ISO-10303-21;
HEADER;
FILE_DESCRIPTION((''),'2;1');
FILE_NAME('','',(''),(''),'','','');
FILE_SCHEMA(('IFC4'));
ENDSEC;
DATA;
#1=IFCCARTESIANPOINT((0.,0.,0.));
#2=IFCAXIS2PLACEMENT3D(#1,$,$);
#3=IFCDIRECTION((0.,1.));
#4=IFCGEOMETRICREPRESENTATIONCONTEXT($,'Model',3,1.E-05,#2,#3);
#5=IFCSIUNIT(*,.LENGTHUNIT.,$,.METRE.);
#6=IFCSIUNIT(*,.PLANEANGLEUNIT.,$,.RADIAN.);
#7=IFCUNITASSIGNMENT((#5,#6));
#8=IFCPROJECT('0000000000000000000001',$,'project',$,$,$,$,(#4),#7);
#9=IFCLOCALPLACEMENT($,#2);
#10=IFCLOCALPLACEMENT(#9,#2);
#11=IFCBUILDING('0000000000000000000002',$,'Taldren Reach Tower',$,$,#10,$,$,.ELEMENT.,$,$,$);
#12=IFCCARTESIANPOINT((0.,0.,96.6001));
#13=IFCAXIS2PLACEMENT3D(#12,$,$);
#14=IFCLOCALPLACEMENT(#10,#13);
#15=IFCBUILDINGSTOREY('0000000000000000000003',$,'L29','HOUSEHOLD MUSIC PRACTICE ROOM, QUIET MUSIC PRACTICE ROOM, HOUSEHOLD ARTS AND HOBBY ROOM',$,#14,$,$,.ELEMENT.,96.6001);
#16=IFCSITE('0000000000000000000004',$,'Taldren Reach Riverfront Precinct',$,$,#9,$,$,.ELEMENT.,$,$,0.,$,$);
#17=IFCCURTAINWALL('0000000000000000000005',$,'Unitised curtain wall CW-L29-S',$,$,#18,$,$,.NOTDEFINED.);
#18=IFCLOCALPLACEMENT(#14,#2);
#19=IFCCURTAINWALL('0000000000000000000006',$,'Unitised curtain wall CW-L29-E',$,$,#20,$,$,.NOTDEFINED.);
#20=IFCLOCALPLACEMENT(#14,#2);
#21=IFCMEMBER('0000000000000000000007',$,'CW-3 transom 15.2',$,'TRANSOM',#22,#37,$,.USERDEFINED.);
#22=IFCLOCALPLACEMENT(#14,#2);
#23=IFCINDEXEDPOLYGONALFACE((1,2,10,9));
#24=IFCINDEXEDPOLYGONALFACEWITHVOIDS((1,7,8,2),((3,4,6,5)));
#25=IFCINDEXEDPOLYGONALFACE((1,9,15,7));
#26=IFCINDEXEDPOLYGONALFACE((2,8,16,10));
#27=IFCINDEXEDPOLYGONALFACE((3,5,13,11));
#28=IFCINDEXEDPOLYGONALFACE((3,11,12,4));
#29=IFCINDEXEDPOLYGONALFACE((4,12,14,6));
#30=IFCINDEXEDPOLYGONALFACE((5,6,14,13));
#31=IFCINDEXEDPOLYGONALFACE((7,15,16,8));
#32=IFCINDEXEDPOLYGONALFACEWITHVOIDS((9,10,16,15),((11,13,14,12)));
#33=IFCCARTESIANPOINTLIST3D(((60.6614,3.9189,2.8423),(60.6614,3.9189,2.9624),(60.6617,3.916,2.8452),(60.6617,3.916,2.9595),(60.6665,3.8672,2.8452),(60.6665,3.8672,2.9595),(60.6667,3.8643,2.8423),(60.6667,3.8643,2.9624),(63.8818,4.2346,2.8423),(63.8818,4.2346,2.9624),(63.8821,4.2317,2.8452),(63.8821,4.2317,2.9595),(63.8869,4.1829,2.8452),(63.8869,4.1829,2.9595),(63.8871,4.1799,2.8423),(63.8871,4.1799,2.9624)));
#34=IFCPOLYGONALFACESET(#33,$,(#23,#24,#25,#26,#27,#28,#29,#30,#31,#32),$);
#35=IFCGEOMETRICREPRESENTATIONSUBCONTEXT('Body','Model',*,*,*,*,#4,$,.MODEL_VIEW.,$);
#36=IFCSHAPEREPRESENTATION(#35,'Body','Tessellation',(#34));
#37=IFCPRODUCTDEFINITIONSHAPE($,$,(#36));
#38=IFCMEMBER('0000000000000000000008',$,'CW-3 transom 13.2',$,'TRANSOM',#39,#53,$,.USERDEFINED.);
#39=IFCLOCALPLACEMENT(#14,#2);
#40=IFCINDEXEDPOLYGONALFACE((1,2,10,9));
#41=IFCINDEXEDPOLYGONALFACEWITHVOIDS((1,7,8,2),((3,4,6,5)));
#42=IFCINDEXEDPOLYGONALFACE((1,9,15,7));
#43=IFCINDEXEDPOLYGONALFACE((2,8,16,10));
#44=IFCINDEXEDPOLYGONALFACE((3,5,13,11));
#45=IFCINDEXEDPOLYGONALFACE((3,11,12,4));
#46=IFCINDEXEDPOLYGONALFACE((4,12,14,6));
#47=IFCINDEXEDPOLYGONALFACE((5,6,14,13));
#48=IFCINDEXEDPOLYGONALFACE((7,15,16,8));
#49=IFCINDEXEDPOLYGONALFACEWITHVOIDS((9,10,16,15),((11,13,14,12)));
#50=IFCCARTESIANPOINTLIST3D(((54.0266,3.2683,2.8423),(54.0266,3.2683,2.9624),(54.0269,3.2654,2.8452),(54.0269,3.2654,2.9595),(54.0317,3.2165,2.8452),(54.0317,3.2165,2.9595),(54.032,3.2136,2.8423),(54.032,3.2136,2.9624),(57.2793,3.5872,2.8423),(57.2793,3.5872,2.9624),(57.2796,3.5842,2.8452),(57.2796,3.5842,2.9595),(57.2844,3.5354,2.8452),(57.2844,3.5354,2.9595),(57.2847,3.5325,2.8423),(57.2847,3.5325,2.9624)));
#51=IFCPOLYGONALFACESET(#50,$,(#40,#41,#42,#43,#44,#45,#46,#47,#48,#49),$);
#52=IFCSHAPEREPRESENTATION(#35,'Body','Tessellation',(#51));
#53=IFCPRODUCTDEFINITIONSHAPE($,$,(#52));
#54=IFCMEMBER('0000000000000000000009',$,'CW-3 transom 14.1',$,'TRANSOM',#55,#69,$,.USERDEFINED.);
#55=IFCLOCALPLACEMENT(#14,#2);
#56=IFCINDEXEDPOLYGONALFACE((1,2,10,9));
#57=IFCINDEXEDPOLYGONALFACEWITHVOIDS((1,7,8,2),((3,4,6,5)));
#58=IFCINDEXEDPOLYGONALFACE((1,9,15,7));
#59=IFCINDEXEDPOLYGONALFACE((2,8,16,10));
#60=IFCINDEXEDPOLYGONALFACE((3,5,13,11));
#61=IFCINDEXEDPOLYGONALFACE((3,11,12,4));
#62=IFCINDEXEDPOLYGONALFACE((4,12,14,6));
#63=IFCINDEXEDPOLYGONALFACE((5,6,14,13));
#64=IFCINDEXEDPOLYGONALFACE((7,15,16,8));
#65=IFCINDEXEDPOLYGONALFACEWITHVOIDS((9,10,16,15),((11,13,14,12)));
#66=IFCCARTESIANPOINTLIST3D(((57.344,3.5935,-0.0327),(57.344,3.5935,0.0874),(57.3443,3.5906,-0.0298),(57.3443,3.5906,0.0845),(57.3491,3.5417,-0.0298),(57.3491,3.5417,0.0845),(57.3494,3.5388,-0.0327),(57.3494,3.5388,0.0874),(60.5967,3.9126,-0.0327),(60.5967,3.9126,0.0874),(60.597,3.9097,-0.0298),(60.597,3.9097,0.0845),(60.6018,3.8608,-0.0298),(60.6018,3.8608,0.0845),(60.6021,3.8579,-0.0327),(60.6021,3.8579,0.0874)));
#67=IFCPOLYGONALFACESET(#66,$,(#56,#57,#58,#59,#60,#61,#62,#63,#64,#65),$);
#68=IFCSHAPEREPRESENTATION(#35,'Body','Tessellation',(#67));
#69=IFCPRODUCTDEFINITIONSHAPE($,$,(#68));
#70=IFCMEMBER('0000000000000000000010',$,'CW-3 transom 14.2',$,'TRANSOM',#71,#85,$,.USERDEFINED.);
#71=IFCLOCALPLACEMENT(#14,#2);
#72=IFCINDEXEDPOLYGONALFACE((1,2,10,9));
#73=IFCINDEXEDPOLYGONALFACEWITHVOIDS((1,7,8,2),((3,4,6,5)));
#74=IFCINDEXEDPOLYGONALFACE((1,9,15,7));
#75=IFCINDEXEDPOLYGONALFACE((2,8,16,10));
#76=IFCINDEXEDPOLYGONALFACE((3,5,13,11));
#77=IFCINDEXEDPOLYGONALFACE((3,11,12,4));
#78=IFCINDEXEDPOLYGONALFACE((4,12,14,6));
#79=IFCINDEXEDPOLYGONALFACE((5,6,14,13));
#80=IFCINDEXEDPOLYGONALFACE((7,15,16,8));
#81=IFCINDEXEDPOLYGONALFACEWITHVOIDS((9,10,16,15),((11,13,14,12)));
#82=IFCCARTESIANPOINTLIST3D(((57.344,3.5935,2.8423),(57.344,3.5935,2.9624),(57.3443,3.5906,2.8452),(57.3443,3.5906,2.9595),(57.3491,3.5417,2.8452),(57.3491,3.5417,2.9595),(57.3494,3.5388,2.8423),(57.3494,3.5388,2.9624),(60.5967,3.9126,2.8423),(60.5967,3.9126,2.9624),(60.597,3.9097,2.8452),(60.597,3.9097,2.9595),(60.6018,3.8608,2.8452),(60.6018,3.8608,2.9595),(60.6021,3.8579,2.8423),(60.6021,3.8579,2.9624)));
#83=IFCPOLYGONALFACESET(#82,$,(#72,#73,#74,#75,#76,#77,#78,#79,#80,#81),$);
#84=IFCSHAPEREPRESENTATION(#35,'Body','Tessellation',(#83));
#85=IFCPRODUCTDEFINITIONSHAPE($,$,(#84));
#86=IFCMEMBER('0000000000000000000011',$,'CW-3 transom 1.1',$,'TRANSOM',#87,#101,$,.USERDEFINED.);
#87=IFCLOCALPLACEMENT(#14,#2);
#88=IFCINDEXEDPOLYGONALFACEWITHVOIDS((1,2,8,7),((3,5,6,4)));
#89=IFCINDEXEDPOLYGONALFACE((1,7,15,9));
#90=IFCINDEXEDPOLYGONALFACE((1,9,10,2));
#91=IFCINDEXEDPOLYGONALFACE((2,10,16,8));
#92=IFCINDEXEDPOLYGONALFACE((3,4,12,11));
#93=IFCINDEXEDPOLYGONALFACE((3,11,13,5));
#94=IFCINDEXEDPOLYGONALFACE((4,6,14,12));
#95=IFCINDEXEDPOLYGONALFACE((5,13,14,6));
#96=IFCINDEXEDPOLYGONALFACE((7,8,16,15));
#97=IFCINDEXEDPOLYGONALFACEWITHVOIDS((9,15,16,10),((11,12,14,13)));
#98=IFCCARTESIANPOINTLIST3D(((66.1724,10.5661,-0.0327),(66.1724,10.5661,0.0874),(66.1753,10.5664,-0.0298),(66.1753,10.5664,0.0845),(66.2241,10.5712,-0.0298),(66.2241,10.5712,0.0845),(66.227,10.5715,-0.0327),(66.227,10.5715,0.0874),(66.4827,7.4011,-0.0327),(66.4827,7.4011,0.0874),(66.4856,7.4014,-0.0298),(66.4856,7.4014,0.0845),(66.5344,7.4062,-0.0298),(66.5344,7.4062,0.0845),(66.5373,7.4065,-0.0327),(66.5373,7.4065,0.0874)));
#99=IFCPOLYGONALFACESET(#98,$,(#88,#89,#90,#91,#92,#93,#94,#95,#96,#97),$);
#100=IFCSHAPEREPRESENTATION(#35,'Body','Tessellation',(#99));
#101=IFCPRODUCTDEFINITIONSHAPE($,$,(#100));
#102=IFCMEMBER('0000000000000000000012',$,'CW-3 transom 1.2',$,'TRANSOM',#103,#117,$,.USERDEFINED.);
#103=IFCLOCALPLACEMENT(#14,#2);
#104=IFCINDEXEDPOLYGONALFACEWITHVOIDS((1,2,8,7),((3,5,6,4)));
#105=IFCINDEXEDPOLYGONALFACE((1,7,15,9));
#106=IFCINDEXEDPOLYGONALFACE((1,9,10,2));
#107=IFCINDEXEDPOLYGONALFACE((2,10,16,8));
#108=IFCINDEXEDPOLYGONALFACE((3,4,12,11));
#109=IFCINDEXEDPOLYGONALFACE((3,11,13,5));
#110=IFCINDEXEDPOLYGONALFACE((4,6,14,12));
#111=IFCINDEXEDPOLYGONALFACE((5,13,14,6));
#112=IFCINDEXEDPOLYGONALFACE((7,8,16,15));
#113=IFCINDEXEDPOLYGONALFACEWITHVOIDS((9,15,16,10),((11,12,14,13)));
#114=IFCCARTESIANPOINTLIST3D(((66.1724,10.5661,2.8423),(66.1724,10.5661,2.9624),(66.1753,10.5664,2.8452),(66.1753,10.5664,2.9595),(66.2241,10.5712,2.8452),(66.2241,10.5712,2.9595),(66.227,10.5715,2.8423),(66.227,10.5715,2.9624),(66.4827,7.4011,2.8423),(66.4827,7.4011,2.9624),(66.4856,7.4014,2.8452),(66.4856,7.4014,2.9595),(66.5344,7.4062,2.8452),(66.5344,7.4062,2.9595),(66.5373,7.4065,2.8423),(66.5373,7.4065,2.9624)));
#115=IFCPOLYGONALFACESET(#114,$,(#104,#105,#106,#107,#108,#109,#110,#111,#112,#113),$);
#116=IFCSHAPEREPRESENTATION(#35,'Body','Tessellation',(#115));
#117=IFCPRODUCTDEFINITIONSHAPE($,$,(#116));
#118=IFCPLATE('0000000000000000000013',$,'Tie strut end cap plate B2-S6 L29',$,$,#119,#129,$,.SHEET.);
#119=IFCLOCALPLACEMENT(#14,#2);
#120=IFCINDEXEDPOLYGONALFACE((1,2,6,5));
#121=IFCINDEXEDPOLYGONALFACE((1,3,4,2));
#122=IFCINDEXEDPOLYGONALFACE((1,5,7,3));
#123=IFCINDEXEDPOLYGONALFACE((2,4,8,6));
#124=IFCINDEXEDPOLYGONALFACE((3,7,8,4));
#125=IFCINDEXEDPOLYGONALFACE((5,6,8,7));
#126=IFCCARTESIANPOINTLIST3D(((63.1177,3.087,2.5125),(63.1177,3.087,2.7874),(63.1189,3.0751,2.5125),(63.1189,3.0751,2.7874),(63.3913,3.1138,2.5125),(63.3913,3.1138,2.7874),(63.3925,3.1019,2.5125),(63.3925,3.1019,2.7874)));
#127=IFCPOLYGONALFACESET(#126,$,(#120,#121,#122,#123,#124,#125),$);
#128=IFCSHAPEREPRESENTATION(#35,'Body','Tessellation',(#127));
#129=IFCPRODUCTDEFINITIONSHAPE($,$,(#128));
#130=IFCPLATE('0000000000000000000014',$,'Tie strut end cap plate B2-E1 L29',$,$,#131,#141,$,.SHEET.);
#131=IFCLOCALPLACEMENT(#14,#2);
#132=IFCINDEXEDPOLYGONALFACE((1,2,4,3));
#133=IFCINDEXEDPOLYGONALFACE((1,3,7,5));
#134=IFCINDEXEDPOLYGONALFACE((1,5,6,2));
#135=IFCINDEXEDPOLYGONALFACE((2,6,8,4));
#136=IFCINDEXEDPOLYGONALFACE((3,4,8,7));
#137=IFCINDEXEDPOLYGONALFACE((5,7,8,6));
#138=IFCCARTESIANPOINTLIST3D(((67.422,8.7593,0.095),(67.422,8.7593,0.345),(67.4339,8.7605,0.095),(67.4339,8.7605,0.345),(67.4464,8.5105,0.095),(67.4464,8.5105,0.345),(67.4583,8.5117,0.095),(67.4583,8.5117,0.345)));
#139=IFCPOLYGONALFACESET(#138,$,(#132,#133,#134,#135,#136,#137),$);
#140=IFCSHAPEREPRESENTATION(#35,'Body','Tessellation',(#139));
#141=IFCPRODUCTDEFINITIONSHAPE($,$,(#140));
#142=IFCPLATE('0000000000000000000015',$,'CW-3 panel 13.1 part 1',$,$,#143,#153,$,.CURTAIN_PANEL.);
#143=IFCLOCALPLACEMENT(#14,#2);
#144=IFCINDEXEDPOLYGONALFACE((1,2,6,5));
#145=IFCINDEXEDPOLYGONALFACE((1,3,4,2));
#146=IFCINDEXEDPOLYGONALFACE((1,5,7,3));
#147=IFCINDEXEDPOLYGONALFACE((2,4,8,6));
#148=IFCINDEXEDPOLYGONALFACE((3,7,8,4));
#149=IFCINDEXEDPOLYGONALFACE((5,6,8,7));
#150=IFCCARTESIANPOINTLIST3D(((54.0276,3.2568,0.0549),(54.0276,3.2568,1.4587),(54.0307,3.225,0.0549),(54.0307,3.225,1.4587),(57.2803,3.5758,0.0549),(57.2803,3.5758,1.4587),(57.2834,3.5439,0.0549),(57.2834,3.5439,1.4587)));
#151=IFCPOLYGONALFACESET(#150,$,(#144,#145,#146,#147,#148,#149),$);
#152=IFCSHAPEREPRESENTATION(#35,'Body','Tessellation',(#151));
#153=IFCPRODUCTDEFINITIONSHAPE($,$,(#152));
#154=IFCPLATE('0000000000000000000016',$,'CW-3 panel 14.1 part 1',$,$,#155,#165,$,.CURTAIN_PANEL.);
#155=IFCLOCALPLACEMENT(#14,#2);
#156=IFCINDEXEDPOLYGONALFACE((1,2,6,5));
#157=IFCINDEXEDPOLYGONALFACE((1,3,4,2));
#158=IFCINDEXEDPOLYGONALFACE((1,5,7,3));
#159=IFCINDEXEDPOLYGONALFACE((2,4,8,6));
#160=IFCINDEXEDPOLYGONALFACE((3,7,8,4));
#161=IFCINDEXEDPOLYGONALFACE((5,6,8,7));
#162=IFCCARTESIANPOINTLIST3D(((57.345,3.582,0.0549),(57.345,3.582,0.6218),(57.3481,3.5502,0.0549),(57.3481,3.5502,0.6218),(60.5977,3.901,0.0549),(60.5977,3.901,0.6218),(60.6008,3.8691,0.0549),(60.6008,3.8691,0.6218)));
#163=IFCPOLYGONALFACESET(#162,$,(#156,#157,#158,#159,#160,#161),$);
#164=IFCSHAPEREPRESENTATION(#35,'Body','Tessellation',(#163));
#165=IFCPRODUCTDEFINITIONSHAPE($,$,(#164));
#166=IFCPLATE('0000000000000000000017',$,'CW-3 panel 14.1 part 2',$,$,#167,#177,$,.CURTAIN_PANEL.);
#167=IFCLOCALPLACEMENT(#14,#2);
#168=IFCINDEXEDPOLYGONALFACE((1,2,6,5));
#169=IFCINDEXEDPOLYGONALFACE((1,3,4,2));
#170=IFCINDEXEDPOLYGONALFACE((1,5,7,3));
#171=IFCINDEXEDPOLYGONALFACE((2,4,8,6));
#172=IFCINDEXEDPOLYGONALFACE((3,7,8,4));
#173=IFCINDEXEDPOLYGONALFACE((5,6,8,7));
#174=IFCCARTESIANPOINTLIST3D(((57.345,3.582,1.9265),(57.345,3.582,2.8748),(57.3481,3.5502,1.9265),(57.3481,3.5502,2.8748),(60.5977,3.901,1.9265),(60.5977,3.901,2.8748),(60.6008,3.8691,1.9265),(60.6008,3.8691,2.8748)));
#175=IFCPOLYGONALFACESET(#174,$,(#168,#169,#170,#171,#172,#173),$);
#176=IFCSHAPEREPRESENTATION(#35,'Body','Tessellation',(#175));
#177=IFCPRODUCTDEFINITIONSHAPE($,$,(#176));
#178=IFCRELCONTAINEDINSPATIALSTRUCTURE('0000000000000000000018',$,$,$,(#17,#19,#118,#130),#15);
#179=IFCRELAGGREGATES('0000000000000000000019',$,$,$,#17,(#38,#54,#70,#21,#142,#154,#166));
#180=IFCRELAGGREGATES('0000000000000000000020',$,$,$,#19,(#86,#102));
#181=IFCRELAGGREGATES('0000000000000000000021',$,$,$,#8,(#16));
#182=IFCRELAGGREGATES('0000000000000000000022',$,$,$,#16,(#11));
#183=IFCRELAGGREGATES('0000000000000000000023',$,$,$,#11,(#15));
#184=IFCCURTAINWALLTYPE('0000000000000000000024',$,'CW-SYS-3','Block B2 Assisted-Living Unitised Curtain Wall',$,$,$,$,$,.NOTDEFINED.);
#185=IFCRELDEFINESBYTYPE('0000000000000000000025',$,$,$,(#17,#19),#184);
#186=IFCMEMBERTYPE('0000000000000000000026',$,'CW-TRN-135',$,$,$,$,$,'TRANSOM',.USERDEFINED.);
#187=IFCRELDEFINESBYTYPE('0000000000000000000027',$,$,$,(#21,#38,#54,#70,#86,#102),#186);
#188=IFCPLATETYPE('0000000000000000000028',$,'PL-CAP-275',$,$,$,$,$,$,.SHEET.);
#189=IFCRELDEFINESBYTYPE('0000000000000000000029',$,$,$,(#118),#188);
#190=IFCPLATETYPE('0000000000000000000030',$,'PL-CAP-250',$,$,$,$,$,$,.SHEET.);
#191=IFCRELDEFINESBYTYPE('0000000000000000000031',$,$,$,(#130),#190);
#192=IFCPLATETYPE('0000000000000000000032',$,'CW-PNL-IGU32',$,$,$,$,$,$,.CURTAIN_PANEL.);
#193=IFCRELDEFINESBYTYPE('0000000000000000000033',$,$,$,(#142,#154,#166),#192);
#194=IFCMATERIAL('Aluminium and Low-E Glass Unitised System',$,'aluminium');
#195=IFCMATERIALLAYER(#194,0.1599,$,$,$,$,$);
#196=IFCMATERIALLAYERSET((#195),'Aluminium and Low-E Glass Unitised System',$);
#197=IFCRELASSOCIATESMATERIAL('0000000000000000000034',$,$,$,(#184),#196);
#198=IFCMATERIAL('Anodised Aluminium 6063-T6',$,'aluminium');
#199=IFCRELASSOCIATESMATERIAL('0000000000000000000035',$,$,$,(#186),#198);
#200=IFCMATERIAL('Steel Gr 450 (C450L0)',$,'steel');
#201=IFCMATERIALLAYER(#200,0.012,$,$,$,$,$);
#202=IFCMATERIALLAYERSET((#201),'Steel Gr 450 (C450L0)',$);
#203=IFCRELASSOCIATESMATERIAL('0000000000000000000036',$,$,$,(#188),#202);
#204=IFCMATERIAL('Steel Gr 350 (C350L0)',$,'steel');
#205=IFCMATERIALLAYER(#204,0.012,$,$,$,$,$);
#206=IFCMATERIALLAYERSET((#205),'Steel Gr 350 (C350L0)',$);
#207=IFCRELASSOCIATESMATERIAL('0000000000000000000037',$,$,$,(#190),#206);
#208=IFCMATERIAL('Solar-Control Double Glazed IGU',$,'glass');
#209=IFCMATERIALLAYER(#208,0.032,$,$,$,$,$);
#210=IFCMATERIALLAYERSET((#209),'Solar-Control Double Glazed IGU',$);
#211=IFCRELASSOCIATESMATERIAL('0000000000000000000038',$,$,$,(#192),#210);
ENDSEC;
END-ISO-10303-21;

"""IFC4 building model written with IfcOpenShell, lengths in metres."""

from ifc_helpers import new_model, si_unit, direction, frame, origin, origin_2d, place, context, subcontext, project, spatial, rectangle, hollow_rectangle, extrude, source, transform, mapped, material, layer, layer_set, material_profile, profile_set, type_object, element, aggregate, save


model = new_model("IFC4")

# Units and contexts
model_context = context("Model", 3, precision=1e-05, world=origin(), true_north=direction((0.0, 1.0)))
body_context = subcontext(model_context, "Body", "Model", "MODEL_VIEW")
ifc_project = project(units=[si_unit("LENGTHUNIT", "METRE"), si_unit("PLANEANGLEUNIT", "RADIAN")], contexts=[model_context])

# Site, building, storey
site_placement = place(None, origin())
site = spatial("IfcSite", under=ifc_project, at=site_placement, Name="Taldren Reach Riverfront Precinct", CompositionType="ELEMENT", RefElevation=0.0)
building_placement = place(site_placement, origin())
building = spatial("IfcBuilding", under=site, at=building_placement, Name="Taldren Reach Tower", CompositionType="ELEMENT")
storey_placement = place(building_placement, frame((0.0, 0.0, 96.6001)))
storey = spatial("IfcBuildingStorey", under=building, at=storey_placement, Name="L29", Description="HOUSEHOLD MUSIC PRACTICE ROOM, QUIET MUSIC PRACTICE ROOM, HOUSEHOLD ARTS AND HOBBY ROOM", CompositionType="ELEMENT", Elevation=96.6001)

# Shared definitions
ifc_material_1 = material(Name="Steel Gr 450 (C450L0)", Category="steel")
ifc_material_2 = material(Name="Steel Gr 350 (C350L0)", Category="steel")

# Curtain wall
ifc_material_3 = material(Name="Aluminium and Low-E Glass Unitised System", Category="aluminium")
ifc_layer_1 = layer(ifc_material_3, 0.1599)
ifc_layer_set_1 = layer_set([ifc_layer_1], Name="Aluminium and Low-E Glass Unitised System")
curtain_wall_type = type_object("IfcCurtainWallType", Name="CW-SYS-3", Description="Block B2 Assisted-Living Unitised Curtain Wall", PredefinedType="NOTDEFINED", material=ifc_layer_set_1)
curtain_wall_1_placement = place(storey_placement, origin())
curtain_wall_1 = element("IfcCurtainWall", 1, at=curtain_wall_1_placement, inside=storey, type_object=curtain_wall_type, Name="Unitised curtain wall CW-L29-S", PredefinedType="NOTDEFINED")
ifc_material_4 = material(Name="Anodised Aluminium 6063-T6", Category="aluminium")

# Curtain wall
curtain_wall_2_placement = place(storey_placement, origin())
curtain_wall_2 = element("IfcCurtainWall", 2, at=curtain_wall_2_placement, inside=storey, type_object=curtain_wall_type, Name="Unitised curtain wall CW-L29-E", PredefinedType="NOTDEFINED")

# Members
ifc_material_profile_1 = material_profile(ifc_material_4, hollow_rectangle(XDim=0.0549, YDim=0.1201, WallThickness=0.0029, at=origin_2d()), Name="ALU-120x55x3RHS")
ifc_profile_set_1 = profile_set([ifc_material_profile_1], Name="Anodised Aluminium 6063-T6")
member_type_1 = type_object("IfcMemberType", Name="CW-TRN-135", ElementType="TRANSOM", PredefinedType="USERDEFINED", material=ifc_profile_set_1)
shared_shape_1 = source(origin(), body_context, "Body", "SweptSolid", [
    extrude(hollow_rectangle(XDim=0.0549, YDim=0.1201, WallThickness=0.0029, at=origin_2d()), origin(), (0.0, 0.0, 1.0), 3.2358),
])
member_1_placement = place(storey_placement, frame((60.6641, 3.8916, 2.9023), z_axis=(0.99523, 0.097554, 0.0), x_axis=(-0.097554, 0.99523, 0.0)))
member_1 = element("IfcMember", 3, at=member_1_placement, type_object=member_type_1, Name="CW-3 transom 15.2", ObjectType="TRANSOM", PredefinedType="USERDEFINED", context=body_context, shape_type="MappedRepresentation", body=[
    mapped(shared_shape_1, transform((0.0, 0.0, 0.0), scale=1.0)),
])
shared_shape_2 = source(origin(), body_context, "Body", "SweptSolid", [
    extrude(hollow_rectangle(XDim=0.0549, YDim=0.1201, WallThickness=0.0029, at=origin_2d()), origin(), (0.0, 0.0, 1.0), 3.2683),
])
member_2_placement = place(storey_placement, frame((54.0293, 3.241, 2.9023), z_axis=(0.99523, 0.097558, 0.0), x_axis=(-0.097558, 0.99523, 0.0)))
member_2 = element("IfcMember", 4, at=member_2_placement, type_object=member_type_1, Name="CW-3 transom 13.2", ObjectType="TRANSOM", PredefinedType="USERDEFINED", context=body_context, shape_type="MappedRepresentation", body=[
    mapped(shared_shape_2, transform((0.0, 0.0, 0.0), scale=1.0)),
])
member_3_placement = place(storey_placement, frame((57.3467, 3.5662, 0.0273), z_axis=(0.995223, 0.097632, 0.0), x_axis=(-0.097632, 0.995223, 0.0)))
member_3 = element("IfcMember", 5, at=member_3_placement, type_object=member_type_1, Name="CW-3 transom 14.1", ObjectType="TRANSOM", PredefinedType="USERDEFINED", context=body_context, shape_type="MappedRepresentation", body=[
    mapped(shared_shape_2, transform((0.0, 0.0, 0.0), scale=1.0)),
])
member_4_placement = place(storey_placement, frame((57.3467, 3.5662, 2.9023), z_axis=(0.995223, 0.097632, 0.0), x_axis=(-0.097632, 0.995223, 0.0)))
member_4 = element("IfcMember", 6, at=member_4_placement, type_object=member_type_1, Name="CW-3 transom 14.2", ObjectType="TRANSOM", PredefinedType="USERDEFINED", context=body_context, shape_type="MappedRepresentation", body=[
    mapped(shared_shape_2, transform((0.0, 0.0, 0.0), scale=1.0)),
])
shared_shape_3 = source(origin(), body_context, "Body", "SweptSolid", [
    extrude(hollow_rectangle(XDim=0.0549, YDim=0.1201, WallThickness=0.0029, at=origin_2d()), origin(), (0.0, 0.0, 1.0), 3.1802),
])
member_5_placement = place(storey_placement, frame((66.51, 7.4038, 0.0273), z_axis=(-0.097573, 0.995228, 0.0), x_axis=(-0.995228, -0.097573, 0.0)))
member_5 = element("IfcMember", 7, at=member_5_placement, type_object=member_type_1, Name="CW-3 transom 1.1", ObjectType="TRANSOM", PredefinedType="USERDEFINED", context=body_context, shape_type="MappedRepresentation", body=[
    mapped(shared_shape_3, transform((0.0, 0.0, 0.0), scale=1.0)),
])
member_6_placement = place(storey_placement, frame((66.51, 7.4038, 2.9023), z_axis=(-0.097573, 0.995228, 0.0), x_axis=(-0.995228, -0.097573, 0.0)))
member_6 = element("IfcMember", 8, at=member_6_placement, type_object=member_type_1, Name="CW-3 transom 1.2", ObjectType="TRANSOM", PredefinedType="USERDEFINED", context=body_context, shape_type="MappedRepresentation", body=[
    mapped(shared_shape_3, transform((0.0, 0.0, 0.0), scale=1.0)),
])

# Plates
ifc_layer_2 = layer(ifc_material_1, 0.012)
ifc_layer_set_2 = layer_set([ifc_layer_2], Name="Steel Gr 450 (C450L0)")
plate_type_1 = type_object("IfcPlateType", Name="PL-CAP-275", PredefinedType="SHEET", material=ifc_layer_set_2)
shared_shape_4 = source(origin(), body_context, "Body", "SweptSolid", [
    extrude(rectangle(XDim=0.2749, YDim=0.012, at=origin_2d()), origin(), (0.0, 0.0, 1.0), 0.2749),
])
plate_1_placement = place(storey_placement, frame((63.2551, 3.0945, 2.5125), z_axis=(0.0, 0.0, 1.0), x_axis=(0.995227, 0.097583, 0.0)))
element("IfcPlate", 9, at=plate_1_placement, inside=storey, type_object=plate_type_1, Name="Tie strut end cap plate B2-S6 L29", PredefinedType="SHEET", context=body_context, shape_type="MappedRepresentation", body=[
    mapped(shared_shape_4, transform((0.0, 0.0, 0.0), scale=1.0)),
])
ifc_layer_3 = layer(ifc_material_2, 0.012)
ifc_layer_set_3 = layer_set([ifc_layer_3], Name="Steel Gr 350 (C350L0)")
plate_type_2 = type_object("IfcPlateType", Name="PL-CAP-250", PredefinedType="SHEET", material=ifc_layer_set_3)
shared_shape_5 = source(origin(), body_context, "Body", "SweptSolid", [
    extrude(rectangle(XDim=0.012, YDim=0.25, at=origin_2d()), origin(), (0.0, 0.0, 1.0), 0.25),
])
plate_2_placement = place(storey_placement, frame((67.4402, 8.6355, 0.095), z_axis=(0.0, 0.0, 1.0), x_axis=(0.995227, 0.097583, 0.0)))
element("IfcPlate", 10, at=plate_2_placement, inside=storey, type_object=plate_type_2, Name="Tie strut end cap plate B2-E1 L29", PredefinedType="SHEET", context=body_context, shape_type="MappedRepresentation", body=[
    mapped(shared_shape_5, transform((0.0, 0.0, 0.0), scale=1.0)),
])

# Plates
ifc_material_5 = material(Name="Solar-Control Double Glazed IGU", Category="glass")
ifc_layer_4 = layer(ifc_material_5, 0.032)
ifc_layer_set_4 = layer_set([ifc_layer_4], Name="Solar-Control Double Glazed IGU")
plate_type_3 = type_object("IfcPlateType", Name="CW-PNL-IGU32", PredefinedType="CURTAIN_PANEL", material=ifc_layer_set_4)
shared_shape_6 = source(origin(), body_context, "Body", "SweptSolid", [
    extrude(rectangle(XDim=3.2683, YDim=0.032, at=origin_2d()), origin(), (0.0, 0.0, 1.0), 1.4038),
])
plate_3_placement = place(storey_placement, frame((55.6555, 3.4004, 0.0549), z_axis=(0.0, 0.0, 1.0), x_axis=(0.995227, 0.097583, 0.0)))
plate_3 = element("IfcPlate", 11, at=plate_3_placement, type_object=plate_type_3, Name="CW-3 panel 13.1 part 1", PredefinedType="CURTAIN_PANEL", context=body_context, shape_type="MappedRepresentation", body=[
    mapped(shared_shape_6, transform((0.0, 0.0, 0.0), scale=1.0)),
])
shared_shape_7 = source(origin(), body_context, "Body", "SweptSolid", [
    extrude(rectangle(XDim=3.2683, YDim=0.032, at=origin_2d()), origin(), (0.0, 0.0, 1.0), 0.5669),
])
plate_4_placement = place(storey_placement, frame((58.9729, 3.7256, 0.0549), z_axis=(0.0, 0.0, 1.0), x_axis=(0.995227, 0.097583, 0.0)))
plate_4 = element("IfcPlate", 12, at=plate_4_placement, type_object=plate_type_3, Name="CW-3 panel 14.1 part 1", PredefinedType="CURTAIN_PANEL", context=body_context, shape_type="MappedRepresentation", body=[
    mapped(shared_shape_7, transform((0.0, 0.0, 0.0), scale=1.0)),
])
shared_shape_8 = source(origin(), body_context, "Body", "SweptSolid", [
    extrude(rectangle(XDim=3.2683, YDim=0.032, at=origin_2d()), origin(), (0.0, 0.0, 1.0), 0.9482),
])
plate_5_placement = place(storey_placement, frame((58.9729, 3.7256, 1.9265), z_axis=(0.0, 0.0, 1.0), x_axis=(0.995227, 0.097583, 0.0)))
plate_5 = element("IfcPlate", 13, at=plate_5_placement, type_object=plate_type_3, Name="CW-3 panel 14.1 part 2", PredefinedType="CURTAIN_PANEL", context=body_context, shape_type="MappedRepresentation", body=[
    mapped(shared_shape_8, transform((0.0, 0.0, 0.0), scale=1.0)),
])
aggregate(curtain_wall_1, [member_2, member_3, member_4, member_1, plate_3, plate_4, plate_5])
aggregate(curtain_wall_2, [member_5, member_6])

save(model, "model.ifc")
